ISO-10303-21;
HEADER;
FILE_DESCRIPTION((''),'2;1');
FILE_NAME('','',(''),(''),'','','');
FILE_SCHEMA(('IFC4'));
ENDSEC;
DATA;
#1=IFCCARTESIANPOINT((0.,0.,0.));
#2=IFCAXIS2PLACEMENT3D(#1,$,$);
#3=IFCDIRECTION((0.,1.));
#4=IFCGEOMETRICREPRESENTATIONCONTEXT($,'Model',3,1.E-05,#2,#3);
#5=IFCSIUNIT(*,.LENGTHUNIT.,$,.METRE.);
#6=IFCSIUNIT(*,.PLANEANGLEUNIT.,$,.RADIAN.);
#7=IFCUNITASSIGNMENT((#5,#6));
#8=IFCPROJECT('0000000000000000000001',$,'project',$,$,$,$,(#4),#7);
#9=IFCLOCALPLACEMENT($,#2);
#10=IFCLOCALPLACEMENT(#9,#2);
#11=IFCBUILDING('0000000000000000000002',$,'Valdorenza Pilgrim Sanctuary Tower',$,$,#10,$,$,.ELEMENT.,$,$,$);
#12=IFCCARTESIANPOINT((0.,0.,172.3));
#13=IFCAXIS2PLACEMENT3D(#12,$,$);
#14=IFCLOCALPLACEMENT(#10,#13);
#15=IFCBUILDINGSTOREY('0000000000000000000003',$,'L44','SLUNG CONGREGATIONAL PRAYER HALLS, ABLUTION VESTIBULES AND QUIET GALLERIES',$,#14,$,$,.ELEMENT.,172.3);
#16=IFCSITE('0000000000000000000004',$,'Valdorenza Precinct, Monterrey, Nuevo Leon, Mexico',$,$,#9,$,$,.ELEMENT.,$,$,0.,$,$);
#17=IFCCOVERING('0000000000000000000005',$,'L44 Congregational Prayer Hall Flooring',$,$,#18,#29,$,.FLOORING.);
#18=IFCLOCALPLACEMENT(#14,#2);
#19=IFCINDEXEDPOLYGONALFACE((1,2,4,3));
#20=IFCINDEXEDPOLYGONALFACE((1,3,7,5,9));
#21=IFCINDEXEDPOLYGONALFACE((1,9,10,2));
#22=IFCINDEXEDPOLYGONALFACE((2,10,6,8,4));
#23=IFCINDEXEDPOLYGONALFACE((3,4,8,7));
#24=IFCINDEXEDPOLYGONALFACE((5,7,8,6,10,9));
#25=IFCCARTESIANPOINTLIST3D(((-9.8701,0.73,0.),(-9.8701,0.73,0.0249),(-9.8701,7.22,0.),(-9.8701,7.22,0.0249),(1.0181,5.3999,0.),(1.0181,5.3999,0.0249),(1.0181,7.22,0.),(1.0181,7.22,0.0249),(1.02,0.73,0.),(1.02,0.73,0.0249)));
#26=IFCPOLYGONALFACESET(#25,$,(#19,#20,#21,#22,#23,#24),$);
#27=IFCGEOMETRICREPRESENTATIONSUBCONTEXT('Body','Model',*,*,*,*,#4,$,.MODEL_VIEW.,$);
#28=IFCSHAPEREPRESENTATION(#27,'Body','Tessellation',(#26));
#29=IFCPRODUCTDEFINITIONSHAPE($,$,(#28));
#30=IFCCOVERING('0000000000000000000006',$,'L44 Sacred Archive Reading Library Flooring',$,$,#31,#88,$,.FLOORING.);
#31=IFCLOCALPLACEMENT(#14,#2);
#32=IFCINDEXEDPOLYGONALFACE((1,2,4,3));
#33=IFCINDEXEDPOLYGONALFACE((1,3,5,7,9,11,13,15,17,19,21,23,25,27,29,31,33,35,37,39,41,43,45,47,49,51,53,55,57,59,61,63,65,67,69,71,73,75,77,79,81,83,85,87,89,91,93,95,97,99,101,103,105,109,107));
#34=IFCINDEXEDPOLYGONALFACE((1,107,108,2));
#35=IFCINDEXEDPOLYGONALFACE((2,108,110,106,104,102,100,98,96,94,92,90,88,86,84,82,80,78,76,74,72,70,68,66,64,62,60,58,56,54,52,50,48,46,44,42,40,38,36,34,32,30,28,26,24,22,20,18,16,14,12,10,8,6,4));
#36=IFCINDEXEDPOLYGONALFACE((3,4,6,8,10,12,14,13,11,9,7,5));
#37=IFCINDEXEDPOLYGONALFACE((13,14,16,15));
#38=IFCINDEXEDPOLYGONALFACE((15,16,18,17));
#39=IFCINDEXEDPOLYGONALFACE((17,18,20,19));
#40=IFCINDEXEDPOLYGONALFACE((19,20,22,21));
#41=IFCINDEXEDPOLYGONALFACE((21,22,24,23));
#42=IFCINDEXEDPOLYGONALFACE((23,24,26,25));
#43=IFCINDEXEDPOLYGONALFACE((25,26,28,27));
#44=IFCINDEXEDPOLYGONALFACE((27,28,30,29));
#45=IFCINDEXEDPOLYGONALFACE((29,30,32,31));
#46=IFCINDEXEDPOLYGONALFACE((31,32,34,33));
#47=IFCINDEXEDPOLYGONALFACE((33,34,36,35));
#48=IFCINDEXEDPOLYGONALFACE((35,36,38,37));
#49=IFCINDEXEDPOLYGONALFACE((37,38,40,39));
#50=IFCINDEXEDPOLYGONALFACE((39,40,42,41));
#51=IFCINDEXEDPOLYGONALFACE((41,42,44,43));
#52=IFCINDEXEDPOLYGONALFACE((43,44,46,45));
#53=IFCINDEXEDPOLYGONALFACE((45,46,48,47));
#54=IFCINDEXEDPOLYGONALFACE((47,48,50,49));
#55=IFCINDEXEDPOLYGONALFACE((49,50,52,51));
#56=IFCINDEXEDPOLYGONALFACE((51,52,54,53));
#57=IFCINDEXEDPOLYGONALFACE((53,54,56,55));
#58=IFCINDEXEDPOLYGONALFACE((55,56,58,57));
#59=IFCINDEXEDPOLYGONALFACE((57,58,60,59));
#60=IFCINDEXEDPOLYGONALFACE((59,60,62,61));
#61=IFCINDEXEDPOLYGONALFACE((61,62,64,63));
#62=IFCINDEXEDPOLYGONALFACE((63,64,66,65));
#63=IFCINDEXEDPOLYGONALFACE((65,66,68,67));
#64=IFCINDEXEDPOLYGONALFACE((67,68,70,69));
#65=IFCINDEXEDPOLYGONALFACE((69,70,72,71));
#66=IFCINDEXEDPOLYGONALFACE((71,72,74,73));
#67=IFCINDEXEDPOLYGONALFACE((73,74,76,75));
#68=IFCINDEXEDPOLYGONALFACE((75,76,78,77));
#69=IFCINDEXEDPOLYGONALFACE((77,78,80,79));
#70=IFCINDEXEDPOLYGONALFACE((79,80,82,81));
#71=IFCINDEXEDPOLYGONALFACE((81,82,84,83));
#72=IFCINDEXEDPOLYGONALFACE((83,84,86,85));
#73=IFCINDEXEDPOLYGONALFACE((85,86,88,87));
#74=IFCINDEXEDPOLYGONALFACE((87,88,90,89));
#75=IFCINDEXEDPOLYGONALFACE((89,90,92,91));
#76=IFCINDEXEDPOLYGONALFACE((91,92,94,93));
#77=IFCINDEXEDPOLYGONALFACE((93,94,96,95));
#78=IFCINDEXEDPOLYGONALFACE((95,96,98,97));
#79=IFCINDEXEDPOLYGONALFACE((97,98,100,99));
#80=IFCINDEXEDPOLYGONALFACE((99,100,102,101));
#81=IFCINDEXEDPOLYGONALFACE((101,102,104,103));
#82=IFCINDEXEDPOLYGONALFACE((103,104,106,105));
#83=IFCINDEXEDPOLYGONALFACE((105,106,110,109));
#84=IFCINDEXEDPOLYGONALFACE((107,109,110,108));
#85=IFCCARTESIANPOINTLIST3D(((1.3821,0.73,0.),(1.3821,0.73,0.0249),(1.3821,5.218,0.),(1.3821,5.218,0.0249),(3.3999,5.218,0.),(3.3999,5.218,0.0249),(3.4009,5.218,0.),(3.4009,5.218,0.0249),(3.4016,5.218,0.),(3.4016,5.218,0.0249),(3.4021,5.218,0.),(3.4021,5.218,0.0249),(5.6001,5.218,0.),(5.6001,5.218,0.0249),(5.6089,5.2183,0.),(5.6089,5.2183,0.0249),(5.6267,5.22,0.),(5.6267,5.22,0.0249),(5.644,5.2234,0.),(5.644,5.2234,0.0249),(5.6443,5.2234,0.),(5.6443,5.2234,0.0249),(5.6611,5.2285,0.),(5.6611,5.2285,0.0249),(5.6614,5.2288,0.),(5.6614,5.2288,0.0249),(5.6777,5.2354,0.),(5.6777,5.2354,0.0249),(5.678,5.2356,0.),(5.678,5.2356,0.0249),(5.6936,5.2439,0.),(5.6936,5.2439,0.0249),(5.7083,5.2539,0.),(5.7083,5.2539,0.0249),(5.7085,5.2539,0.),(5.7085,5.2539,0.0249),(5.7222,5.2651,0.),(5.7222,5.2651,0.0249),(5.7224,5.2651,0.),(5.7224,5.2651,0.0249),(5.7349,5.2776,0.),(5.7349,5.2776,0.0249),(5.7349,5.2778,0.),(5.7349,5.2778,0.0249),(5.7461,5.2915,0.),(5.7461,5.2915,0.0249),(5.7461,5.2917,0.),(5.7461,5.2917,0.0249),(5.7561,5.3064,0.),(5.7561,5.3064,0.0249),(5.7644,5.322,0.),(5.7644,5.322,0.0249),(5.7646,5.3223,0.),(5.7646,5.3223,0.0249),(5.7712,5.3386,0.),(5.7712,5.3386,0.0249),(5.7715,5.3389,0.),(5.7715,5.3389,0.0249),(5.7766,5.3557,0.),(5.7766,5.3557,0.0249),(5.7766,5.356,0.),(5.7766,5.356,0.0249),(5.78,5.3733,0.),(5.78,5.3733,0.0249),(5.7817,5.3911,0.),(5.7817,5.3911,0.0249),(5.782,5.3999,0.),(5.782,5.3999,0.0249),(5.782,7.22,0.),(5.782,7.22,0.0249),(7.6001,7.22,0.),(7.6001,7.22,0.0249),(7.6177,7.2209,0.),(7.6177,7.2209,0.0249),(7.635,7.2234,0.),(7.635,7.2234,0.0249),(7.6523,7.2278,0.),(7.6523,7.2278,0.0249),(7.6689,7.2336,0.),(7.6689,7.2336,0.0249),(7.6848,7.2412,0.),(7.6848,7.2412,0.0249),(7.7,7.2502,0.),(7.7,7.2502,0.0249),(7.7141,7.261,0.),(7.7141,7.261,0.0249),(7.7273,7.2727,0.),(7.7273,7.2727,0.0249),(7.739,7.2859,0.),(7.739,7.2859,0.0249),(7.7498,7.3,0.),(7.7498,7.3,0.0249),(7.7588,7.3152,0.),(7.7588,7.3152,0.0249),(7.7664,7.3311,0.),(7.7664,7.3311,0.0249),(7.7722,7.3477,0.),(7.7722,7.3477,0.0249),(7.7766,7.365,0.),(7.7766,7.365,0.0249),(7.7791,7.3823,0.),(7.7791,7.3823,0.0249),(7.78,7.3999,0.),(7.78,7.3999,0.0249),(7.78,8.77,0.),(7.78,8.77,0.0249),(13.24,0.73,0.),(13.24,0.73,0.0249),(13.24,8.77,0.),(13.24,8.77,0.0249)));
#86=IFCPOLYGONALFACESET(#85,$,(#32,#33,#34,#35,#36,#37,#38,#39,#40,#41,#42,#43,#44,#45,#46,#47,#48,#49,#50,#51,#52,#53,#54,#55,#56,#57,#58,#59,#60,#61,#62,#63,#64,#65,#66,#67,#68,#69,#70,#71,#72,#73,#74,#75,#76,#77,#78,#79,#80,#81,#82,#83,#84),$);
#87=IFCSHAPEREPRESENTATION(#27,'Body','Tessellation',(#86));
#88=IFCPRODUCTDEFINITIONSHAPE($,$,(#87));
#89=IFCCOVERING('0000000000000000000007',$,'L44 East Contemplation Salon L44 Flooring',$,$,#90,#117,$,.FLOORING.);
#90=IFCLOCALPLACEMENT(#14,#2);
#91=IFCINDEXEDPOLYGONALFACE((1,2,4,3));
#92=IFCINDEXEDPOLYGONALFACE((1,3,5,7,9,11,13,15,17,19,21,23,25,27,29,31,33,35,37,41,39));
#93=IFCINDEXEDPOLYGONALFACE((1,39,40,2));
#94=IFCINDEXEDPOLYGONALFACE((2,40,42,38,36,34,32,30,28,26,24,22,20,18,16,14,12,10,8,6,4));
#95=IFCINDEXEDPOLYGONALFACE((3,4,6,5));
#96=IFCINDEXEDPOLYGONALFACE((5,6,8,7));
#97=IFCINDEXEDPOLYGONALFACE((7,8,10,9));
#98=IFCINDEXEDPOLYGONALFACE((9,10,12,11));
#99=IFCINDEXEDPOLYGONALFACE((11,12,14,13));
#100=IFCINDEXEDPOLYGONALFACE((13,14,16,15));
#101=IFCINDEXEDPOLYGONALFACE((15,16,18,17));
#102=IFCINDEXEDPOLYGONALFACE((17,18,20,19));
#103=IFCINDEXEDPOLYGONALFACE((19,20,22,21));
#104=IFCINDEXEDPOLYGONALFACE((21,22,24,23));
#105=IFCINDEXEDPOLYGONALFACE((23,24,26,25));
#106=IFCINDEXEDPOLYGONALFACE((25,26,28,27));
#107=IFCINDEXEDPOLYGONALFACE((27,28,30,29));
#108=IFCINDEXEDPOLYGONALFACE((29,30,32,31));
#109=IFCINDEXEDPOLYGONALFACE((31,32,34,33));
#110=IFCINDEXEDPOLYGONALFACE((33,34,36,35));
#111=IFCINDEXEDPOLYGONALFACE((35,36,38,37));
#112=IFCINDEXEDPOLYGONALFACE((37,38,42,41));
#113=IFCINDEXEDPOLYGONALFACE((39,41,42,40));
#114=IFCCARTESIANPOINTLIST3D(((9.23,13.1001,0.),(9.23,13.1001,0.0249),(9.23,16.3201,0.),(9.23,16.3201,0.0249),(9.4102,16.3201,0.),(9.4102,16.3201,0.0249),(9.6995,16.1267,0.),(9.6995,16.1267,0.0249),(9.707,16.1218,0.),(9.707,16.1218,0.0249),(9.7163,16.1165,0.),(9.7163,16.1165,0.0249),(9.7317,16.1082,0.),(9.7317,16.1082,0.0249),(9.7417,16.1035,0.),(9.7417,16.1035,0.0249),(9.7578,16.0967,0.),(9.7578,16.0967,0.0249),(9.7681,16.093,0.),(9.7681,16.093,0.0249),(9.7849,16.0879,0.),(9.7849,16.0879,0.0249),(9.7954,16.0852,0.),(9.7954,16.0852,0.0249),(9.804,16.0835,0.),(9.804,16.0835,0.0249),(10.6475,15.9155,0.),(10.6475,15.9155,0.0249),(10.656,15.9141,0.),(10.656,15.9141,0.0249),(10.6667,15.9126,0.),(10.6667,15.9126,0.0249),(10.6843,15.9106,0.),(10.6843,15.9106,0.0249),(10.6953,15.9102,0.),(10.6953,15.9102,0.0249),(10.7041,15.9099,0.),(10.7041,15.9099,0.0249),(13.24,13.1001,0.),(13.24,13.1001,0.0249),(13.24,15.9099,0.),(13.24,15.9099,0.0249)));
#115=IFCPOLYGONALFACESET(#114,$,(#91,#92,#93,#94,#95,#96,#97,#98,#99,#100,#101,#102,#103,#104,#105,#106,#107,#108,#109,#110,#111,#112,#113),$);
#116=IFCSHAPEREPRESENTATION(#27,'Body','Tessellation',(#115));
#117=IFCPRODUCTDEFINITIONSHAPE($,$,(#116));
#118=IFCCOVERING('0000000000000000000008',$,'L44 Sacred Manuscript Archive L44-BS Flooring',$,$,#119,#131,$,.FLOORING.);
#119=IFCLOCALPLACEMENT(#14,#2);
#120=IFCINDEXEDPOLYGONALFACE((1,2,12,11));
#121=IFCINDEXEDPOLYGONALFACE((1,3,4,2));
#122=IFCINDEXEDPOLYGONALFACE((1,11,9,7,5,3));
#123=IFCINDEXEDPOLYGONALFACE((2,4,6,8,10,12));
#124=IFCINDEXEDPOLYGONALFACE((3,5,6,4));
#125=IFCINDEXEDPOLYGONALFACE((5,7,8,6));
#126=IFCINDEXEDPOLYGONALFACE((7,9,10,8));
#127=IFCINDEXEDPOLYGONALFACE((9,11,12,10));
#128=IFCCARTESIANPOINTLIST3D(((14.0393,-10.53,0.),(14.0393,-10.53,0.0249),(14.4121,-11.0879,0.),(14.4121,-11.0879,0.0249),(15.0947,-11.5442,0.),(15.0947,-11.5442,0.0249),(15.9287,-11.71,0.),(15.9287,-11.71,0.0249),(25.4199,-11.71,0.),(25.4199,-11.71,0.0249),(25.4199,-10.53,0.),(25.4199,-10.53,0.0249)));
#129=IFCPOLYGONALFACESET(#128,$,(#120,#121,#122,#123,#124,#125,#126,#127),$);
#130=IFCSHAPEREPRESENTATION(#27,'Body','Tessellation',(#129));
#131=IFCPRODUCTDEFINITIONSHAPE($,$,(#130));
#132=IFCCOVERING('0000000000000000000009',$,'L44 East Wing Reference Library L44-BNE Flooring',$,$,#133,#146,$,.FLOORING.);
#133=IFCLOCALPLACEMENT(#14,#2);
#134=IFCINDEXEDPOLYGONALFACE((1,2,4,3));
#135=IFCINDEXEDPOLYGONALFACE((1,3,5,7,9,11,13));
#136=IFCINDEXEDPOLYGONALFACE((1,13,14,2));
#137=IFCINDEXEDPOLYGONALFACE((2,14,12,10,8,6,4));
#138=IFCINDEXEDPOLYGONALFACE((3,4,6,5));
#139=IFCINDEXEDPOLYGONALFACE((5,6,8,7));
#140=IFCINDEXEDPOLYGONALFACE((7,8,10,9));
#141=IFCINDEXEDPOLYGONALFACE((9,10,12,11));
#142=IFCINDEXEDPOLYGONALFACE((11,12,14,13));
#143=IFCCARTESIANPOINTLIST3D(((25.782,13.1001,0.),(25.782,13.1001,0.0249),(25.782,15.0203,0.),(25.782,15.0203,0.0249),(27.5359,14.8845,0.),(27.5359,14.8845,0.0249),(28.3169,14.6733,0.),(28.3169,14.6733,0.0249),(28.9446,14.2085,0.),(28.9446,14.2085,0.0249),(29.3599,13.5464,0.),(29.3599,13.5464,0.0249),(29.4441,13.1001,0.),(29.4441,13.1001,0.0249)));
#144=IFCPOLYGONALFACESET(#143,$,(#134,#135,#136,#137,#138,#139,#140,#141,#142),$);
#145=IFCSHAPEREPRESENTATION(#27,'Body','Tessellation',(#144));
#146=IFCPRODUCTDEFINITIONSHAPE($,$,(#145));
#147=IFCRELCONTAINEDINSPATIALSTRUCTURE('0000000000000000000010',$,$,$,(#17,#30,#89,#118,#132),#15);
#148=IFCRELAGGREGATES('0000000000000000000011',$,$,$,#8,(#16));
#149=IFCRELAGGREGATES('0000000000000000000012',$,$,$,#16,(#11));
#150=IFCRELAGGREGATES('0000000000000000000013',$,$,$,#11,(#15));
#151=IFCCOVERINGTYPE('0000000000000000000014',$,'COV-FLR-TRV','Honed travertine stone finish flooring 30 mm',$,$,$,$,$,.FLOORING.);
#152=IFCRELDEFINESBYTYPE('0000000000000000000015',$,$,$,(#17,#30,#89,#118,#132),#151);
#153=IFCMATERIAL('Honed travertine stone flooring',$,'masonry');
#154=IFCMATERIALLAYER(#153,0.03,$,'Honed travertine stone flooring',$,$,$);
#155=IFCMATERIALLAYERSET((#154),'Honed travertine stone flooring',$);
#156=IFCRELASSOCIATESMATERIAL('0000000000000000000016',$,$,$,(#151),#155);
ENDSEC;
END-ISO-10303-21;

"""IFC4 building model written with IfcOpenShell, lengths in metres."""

from ifc_helpers import new_model, si_unit, direction, frame, origin, place, context, subcontext, project, spatial, polyline, outline, extrude, material, layer, layer_set, type_object, element, save


model = new_model("IFC4")

# Units and contexts
model_context = context("Model", 3, precision=1e-05, world=origin(), true_north=direction((0.0, 1.0)))
body_context = subcontext(model_context, "Body", "Model", "MODEL_VIEW")
ifc_project = project(units=[si_unit("LENGTHUNIT", "METRE"), si_unit("PLANEANGLEUNIT", "RADIAN")], contexts=[model_context])

# Site, building, storey
site_placement = place(None, origin())
site = spatial("IfcSite", under=ifc_project, at=site_placement, Name="Valdorenza Precinct, Monterrey, Nuevo Leon, Mexico", CompositionType="ELEMENT", RefElevation=0.0)
building_placement = place(site_placement, origin())
building = spatial("IfcBuilding", under=site, at=building_placement, Name="Valdorenza Pilgrim Sanctuary Tower", CompositionType="ELEMENT")
storey_placement = place(building_placement, frame((0.0, 0.0, 172.3)))
storey = spatial("IfcBuildingStorey", under=building, at=storey_placement, Name="L44", Description="SLUNG CONGREGATIONAL PRAYER HALLS, ABLUTION VESTIBULES AND QUIET GALLERIES", CompositionType="ELEMENT", Elevation=172.3)

# Coverings
ifc_material_1 = material(Name="Honed travertine stone flooring", Category="masonry")
ifc_layer_1 = layer(ifc_material_1, 0.03, Name="Honed travertine stone flooring")
ifc_layer_set_1 = layer_set([ifc_layer_1], Name="Honed travertine stone flooring")
covering_type_1 = type_object("IfcCoveringType", Name="COV-FLR-TRV", Description="Honed travertine stone finish flooring 30 mm", PredefinedType="FLOORING", material=ifc_layer_set_1)
covering_1_placement = place(storey_placement, origin())
element("IfcCovering", 1, at=covering_1_placement, inside=storey, type_object=covering_type_1, Name="L44 Congregational Prayer Hall Flooring", PredefinedType="FLOORING", context=body_context, shape_type="SweptSolid", body=[
    extrude(outline(polyline([(1.02, 0.73), (-9.8701, 0.73), (-9.8701, 7.22), (1.0181, 7.22), (1.0181, 5.3999), (1.02, 0.73)])), origin(), (0.0, 0.0, 1.0), 0.0249),
])
covering_2_placement = place(storey_placement, origin())
element("IfcCovering", 2, at=covering_2_placement, inside=storey, type_object=covering_type_1, Name="L44 Sacred Archive Reading Library Flooring", PredefinedType="FLOORING", context=body_context, shape_type="SweptSolid", body=[
    extrude(outline(polyline([(3.4016, 5.218), (3.4021, 5.218), (5.6001, 5.218), (5.6089, 5.2183), (5.6089, 5.2183), (5.6267, 5.22), (5.6267, 5.22), (5.644, 5.2234), (5.6443, 5.2234), (5.6611, 5.2285), (5.6614, 5.2288), (5.6777, 5.2354), (5.678, 5.2356), (5.6936, 5.2439), (5.6936, 5.2439), (5.7083, 5.2539), (5.7085, 5.2539), (5.7222, 5.2651), (5.7224, 5.2651), (5.7349, 5.2776), (5.7349, 5.2778), (5.7461, 5.2915), (5.7461, 5.2917), (5.7561, 5.3064), (5.7561, 5.3064), (5.7644, 5.322), (5.7646, 5.3223), (5.7712, 5.3386), (5.7715, 5.3389), (5.7766, 5.3557), (5.7766, 5.356), (5.78, 5.3733), (5.78, 5.3733), (5.7817, 5.3911), (5.7817, 5.3911), (5.782, 5.3999), (5.782, 7.22), (7.6001, 7.22), (7.6177, 7.2209), (7.635, 7.2234), (7.6523, 7.2278), (7.6689, 7.2336), (7.6848, 7.2412), (7.7, 7.2502), (7.7141, 7.261), (7.7273, 7.2727), (7.739, 7.2859), (7.7498, 7.3), (7.7588, 7.3152), (7.7664, 7.3311), (7.7722, 7.3477), (7.7766, 7.365), (7.7791, 7.3823), (7.78, 7.3999), (7.78, 8.77), (13.24, 8.77), (13.24, 0.73), (1.3821, 0.73), (1.3821, 5.218), (3.3999, 5.218), (3.4009, 5.218), (3.4016, 5.218)])), origin(), (0.0, 0.0, 1.0), 0.0249),
])
covering_3_placement = place(storey_placement, origin())
element("IfcCovering", 3, at=covering_3_placement, inside=storey, type_object=covering_type_1, Name="L44 East Contemplation Salon L44 Flooring", PredefinedType="FLOORING", context=body_context, shape_type="SweptSolid", body=[
    extrude(outline(polyline([(9.23, 13.1001), (9.23, 16.3201), (9.4102, 16.3201), (9.6995, 16.1267), (9.707, 16.1218), (9.7163, 16.1165), (9.7317, 16.1082), (9.7417, 16.1035), (9.7578, 16.0967), (9.7681, 16.093), (9.7849, 16.0879), (9.7954, 16.0852), (9.804, 16.0835), (10.6475, 15.9155), (10.656, 15.9141), (10.6667, 15.9126), (10.6843, 15.9106), (10.6953, 15.9102), (10.7041, 15.9099), (13.24, 15.9099), (13.24, 13.1001), (9.23, 13.1001)])), origin(), (0.0, 0.0, 1.0), 0.0249),
])
covering_4_placement = place(storey_placement, origin())
element("IfcCovering", 4, at=covering_4_placement, inside=storey, type_object=covering_type_1, Name="L44 Sacred Manuscript Archive L44-BS Flooring", PredefinedType="FLOORING", context=body_context, shape_type="SweptSolid", body=[
    extrude(outline(polyline([(14.0393, -10.53), (25.4199, -10.53), (25.4199, -11.71), (15.9287, -11.71), (15.0947, -11.5442), (14.4121, -11.0879), (14.0393, -10.53)])), origin(), (0.0, 0.0, 1.0), 0.0249),
])
covering_5_placement = place(storey_placement, origin())
element("IfcCovering", 5, at=covering_5_placement, inside=storey, type_object=covering_type_1, Name="L44 East Wing Reference Library L44-BNE Flooring", PredefinedType="FLOORING", context=body_context, shape_type="SweptSolid", body=[
    extrude(outline(polyline([(27.5359, 14.8845), (28.3169, 14.6733), (28.9446, 14.2085), (29.3599, 13.5464), (29.4441, 13.1001), (25.782, 13.1001), (25.782, 15.0203), (27.5359, 14.8845)])), origin(), (0.0, 0.0, 1.0), 0.0249),
])

save(model, "model.ifc")
